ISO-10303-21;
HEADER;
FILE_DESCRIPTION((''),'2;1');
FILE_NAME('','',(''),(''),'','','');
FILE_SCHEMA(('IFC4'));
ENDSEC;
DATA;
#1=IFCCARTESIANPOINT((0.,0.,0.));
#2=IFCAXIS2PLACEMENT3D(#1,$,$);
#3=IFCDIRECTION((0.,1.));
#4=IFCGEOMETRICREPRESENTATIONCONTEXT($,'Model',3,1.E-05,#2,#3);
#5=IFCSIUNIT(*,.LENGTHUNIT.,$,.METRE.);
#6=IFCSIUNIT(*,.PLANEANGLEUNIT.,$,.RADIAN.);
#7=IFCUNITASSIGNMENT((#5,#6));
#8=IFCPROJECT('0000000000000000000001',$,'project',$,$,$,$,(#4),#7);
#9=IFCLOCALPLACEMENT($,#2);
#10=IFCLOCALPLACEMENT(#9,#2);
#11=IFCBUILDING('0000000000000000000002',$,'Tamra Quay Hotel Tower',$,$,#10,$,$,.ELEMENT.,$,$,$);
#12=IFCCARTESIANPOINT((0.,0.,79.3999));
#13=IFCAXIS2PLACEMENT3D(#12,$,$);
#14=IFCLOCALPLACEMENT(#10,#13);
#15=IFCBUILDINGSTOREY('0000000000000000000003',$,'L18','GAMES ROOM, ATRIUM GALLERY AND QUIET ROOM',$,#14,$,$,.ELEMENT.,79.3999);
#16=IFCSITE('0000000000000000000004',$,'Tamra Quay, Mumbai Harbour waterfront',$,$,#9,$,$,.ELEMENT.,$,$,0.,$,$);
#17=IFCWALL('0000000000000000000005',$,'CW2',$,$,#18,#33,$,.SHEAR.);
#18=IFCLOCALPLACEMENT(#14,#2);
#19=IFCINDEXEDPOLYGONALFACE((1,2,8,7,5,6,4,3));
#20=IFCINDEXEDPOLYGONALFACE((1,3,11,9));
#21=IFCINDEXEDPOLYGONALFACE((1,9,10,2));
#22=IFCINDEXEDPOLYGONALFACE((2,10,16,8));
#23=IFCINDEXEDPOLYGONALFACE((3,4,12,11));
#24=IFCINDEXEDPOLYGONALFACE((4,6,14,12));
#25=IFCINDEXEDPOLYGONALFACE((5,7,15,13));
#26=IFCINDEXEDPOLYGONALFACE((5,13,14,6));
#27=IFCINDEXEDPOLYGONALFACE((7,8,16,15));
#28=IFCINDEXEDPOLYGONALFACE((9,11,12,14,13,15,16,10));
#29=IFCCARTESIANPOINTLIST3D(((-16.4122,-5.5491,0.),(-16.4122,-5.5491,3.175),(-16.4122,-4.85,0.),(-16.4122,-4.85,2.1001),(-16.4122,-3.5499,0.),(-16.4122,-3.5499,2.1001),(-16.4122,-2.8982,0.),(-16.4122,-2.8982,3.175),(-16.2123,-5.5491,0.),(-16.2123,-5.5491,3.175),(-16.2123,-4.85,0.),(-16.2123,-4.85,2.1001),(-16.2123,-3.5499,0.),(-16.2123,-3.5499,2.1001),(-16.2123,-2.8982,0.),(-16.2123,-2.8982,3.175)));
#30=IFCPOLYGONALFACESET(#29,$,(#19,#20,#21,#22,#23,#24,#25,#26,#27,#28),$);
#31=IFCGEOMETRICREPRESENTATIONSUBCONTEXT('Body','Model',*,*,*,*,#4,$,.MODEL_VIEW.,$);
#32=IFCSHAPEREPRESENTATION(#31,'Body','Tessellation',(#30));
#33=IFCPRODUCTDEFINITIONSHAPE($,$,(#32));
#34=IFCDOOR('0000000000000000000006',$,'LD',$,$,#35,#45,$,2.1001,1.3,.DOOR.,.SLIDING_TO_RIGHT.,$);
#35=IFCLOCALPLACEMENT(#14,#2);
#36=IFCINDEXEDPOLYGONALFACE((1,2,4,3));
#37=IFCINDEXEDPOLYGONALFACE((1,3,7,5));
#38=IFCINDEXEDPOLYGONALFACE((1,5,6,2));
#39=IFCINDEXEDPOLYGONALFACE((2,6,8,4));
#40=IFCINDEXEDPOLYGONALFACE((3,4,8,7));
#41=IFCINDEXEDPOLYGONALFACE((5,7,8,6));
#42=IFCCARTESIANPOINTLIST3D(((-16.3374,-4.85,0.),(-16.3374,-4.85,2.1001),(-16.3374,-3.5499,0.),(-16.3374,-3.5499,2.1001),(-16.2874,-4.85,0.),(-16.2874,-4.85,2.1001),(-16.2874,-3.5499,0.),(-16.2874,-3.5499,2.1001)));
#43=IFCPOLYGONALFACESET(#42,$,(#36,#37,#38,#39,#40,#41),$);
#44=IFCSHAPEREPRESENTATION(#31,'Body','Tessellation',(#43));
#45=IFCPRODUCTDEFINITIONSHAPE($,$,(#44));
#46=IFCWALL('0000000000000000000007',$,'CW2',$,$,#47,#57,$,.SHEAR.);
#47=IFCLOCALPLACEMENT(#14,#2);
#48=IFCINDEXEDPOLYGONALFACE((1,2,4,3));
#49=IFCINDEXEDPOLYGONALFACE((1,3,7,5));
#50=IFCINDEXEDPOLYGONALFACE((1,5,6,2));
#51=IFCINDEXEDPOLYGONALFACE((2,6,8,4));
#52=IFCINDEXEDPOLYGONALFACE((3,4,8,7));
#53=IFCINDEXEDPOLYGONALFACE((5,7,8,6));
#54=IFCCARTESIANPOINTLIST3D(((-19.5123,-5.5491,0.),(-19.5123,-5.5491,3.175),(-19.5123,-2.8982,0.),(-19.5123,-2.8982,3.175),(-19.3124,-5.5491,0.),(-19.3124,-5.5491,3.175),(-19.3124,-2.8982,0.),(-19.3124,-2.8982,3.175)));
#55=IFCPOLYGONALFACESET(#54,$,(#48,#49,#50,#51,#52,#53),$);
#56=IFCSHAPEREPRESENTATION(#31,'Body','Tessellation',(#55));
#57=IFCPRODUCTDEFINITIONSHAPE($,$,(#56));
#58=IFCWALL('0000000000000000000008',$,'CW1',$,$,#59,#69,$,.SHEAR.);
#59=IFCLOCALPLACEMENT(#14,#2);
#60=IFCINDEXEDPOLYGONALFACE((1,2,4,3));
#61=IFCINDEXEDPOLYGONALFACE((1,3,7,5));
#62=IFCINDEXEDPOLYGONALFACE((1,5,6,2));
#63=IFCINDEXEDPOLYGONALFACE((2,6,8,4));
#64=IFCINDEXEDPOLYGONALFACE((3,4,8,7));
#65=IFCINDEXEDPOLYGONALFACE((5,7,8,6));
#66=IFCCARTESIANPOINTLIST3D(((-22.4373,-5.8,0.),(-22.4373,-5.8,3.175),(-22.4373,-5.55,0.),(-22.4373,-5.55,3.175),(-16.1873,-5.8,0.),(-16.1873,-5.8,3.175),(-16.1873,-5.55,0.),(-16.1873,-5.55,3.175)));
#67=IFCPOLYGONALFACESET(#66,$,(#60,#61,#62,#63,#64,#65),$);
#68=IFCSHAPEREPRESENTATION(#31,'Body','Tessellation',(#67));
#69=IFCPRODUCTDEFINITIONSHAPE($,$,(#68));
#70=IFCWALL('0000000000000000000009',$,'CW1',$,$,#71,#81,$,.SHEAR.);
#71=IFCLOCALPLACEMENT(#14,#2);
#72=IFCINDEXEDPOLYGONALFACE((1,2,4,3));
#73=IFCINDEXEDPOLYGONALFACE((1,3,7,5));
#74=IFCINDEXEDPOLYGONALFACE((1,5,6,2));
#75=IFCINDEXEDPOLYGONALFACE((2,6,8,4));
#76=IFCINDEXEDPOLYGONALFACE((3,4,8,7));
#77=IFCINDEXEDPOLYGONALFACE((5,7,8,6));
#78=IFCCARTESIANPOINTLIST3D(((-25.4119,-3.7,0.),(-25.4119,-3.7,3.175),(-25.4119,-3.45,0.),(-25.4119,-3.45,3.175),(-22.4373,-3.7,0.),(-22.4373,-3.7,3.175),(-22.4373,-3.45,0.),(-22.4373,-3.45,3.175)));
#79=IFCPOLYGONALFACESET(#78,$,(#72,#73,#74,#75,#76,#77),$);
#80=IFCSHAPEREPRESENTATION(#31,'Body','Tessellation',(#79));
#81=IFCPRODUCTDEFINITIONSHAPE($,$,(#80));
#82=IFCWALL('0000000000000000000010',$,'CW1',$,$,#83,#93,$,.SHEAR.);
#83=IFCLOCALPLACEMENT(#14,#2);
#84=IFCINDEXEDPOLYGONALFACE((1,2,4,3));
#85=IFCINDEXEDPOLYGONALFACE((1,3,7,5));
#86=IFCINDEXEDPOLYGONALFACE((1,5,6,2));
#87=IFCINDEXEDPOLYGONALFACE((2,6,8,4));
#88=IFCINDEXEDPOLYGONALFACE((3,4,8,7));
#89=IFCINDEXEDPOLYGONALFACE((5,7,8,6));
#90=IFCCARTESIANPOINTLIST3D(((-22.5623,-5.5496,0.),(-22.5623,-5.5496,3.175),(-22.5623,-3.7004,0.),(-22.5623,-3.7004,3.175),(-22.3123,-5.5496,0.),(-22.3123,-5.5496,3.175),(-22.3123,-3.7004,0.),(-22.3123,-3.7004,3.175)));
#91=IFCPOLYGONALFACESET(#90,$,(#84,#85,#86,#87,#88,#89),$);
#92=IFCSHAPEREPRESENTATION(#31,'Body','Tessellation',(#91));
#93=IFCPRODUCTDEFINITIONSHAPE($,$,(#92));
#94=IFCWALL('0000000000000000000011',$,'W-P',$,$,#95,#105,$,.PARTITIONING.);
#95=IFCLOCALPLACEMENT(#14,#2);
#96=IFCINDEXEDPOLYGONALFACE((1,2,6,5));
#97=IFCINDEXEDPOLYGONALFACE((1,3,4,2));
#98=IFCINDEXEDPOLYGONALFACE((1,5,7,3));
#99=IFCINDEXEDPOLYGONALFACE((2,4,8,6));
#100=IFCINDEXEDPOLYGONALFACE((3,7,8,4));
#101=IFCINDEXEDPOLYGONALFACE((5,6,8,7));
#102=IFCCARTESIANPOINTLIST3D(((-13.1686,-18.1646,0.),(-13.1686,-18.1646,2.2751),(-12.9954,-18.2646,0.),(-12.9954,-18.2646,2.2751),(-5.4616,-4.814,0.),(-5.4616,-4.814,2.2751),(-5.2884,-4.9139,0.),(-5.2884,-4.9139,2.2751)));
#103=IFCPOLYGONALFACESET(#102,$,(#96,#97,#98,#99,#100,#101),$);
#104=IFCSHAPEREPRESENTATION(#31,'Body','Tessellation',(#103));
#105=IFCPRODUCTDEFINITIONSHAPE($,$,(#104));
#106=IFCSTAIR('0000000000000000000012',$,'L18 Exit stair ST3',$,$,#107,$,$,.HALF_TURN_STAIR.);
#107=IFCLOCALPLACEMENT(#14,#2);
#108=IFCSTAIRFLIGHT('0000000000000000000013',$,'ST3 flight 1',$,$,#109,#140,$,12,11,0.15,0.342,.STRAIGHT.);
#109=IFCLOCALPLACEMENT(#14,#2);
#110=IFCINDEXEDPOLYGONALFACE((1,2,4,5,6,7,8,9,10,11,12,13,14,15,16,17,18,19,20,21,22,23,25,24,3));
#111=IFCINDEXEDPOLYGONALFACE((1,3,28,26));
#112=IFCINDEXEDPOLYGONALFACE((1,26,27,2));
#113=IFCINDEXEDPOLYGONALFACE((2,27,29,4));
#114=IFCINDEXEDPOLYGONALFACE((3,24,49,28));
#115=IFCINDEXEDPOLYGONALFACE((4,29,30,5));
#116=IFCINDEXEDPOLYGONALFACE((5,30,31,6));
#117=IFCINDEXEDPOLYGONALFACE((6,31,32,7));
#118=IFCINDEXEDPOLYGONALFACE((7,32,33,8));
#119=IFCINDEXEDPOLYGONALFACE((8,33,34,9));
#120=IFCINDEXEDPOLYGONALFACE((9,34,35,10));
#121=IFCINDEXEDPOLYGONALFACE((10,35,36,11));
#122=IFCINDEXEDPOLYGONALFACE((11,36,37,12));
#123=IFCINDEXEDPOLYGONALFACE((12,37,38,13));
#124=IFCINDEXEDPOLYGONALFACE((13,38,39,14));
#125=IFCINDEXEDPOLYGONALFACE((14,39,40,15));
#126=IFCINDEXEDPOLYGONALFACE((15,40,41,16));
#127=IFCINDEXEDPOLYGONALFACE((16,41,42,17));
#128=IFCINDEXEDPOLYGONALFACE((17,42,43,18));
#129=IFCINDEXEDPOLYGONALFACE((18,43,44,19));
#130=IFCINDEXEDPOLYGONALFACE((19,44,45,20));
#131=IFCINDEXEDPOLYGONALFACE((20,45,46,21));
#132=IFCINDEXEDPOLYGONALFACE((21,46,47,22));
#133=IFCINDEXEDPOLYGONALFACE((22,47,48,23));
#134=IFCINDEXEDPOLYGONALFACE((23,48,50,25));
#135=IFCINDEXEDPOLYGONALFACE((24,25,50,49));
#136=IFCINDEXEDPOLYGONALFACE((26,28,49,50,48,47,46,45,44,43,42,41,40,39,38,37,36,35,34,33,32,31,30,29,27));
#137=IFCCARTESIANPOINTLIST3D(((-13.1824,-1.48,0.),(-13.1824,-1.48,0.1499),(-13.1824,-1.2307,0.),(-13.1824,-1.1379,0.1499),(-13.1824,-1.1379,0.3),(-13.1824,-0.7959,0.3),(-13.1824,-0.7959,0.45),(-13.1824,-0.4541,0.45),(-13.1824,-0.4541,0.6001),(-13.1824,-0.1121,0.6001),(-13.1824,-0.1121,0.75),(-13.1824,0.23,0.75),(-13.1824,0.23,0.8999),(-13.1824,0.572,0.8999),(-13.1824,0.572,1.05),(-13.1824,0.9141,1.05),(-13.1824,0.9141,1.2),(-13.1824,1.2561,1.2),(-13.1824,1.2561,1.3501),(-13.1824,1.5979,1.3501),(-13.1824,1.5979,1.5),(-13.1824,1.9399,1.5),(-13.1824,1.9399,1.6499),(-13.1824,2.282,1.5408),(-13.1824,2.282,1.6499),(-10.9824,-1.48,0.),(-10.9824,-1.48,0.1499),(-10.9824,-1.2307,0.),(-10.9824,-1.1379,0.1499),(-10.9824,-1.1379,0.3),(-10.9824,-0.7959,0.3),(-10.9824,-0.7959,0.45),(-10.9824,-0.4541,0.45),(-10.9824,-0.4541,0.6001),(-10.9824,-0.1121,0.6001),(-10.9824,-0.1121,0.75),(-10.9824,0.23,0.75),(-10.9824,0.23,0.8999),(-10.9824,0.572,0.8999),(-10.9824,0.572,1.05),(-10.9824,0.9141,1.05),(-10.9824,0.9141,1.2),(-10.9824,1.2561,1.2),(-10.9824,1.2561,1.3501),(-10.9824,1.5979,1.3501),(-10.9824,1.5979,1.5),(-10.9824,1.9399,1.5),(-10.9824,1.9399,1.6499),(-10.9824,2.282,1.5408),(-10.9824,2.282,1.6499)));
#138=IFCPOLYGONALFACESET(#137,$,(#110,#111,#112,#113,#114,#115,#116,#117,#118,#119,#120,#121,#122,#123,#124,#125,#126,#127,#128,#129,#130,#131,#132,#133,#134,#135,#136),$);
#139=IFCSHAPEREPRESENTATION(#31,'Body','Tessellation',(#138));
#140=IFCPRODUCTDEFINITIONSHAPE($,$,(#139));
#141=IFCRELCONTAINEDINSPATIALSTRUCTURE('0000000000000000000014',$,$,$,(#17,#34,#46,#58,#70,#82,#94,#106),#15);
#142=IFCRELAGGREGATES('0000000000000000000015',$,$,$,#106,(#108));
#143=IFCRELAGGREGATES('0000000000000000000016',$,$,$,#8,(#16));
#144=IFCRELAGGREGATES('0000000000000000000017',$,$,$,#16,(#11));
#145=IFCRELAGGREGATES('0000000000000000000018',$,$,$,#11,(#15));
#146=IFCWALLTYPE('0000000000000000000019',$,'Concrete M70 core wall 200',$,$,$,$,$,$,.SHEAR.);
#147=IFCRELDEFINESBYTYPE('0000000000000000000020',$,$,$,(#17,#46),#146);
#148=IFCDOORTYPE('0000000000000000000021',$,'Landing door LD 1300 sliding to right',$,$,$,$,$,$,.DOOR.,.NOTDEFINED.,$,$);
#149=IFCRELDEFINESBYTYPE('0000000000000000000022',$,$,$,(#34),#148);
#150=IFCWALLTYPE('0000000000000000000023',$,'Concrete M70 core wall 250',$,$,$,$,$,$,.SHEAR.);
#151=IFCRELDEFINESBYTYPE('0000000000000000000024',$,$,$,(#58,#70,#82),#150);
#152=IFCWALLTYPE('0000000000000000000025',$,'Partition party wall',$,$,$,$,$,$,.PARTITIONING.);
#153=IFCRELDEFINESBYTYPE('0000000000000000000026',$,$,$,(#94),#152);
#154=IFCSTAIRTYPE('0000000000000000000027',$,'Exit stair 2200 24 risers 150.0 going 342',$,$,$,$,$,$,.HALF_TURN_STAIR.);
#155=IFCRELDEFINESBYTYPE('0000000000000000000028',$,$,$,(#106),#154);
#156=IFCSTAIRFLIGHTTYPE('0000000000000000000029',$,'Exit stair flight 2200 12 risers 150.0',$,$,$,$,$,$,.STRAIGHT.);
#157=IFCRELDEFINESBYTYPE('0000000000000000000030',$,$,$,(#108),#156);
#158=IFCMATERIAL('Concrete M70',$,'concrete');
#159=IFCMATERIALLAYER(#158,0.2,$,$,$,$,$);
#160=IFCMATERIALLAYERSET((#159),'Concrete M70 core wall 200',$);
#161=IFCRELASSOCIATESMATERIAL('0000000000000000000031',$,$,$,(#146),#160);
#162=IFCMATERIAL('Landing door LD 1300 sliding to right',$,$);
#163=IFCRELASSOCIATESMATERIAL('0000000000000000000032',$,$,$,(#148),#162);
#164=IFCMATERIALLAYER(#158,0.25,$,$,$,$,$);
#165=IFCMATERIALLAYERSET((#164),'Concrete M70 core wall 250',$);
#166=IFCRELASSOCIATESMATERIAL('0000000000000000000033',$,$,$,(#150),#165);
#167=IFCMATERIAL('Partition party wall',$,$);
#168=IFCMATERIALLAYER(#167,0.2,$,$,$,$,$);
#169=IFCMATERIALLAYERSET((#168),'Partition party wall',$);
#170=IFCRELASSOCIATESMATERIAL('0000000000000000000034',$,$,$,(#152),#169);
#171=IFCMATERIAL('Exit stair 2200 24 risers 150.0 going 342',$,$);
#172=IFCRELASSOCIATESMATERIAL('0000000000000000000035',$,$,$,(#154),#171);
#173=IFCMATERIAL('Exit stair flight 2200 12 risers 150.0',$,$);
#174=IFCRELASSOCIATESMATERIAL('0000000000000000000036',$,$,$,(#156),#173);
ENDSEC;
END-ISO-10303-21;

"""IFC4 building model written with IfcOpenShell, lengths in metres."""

from ifc_helpers import new_model, si_unit, direction, frame, frame_2d, origin, place, context, subcontext, project, spatial, polyline, rectangle, outline, extrude, material, layer, layer_set, type_object, element, fill, aggregate, save


model = new_model("IFC4")

# Units and contexts
model_context = context("Model", 3, precision=1e-05, world=origin(), true_north=direction((0.0, 1.0)))
body_context = subcontext(model_context, "Body", "Model", "MODEL_VIEW")
ifc_project = project(units=[si_unit("LENGTHUNIT", "METRE"), si_unit("PLANEANGLEUNIT", "RADIAN")], contexts=[model_context])

# Site, building, storey
site_placement = place(None, origin())
site = spatial("IfcSite", under=ifc_project, at=site_placement, Name="Tamra Quay, Mumbai Harbour waterfront", CompositionType="ELEMENT", RefElevation=0.0)
building_placement = place(site_placement, origin())
building = spatial("IfcBuilding", under=site, at=building_placement, Name="Tamra Quay Hotel Tower", CompositionType="ELEMENT")
storey_placement = place(building_placement, frame((0.0, 0.0, 79.3999)))
storey = spatial("IfcBuildingStorey", under=building, at=storey_placement, Name="L18", Description="GAMES ROOM, ATRIUM GALLERY AND QUIET ROOM", CompositionType="ELEMENT", Elevation=79.3999)

# Shared definitions
ifc_material_1 = material(Name="Concrete M70", Category="concrete")

# Shared definitions
ifc_layer_1 = layer(ifc_material_1, 0.2)
ifc_layer_set_1 = layer_set([ifc_layer_1], Name="Concrete M70 core wall 200")
wall_type_1 = type_object("IfcWallType", Name="Concrete M70 core wall 200", PredefinedType="SHEAR", material=ifc_layer_set_1)

# Wall, opening, door
wall_1_placement = place(storey_placement, frame((-16.3123, -2.8982, 0.0), z_axis=(0.0, 0.0, 1.0), x_axis=(0.0, -1.0, 0.0)))
wall_1 = element("IfcWall", 1, at=wall_1_placement, inside=storey, type_object=wall_type_1, Name="CW2", PredefinedType="SHEAR", context=body_context, shape_type="SweptSolid", body=[
    extrude(rectangle(XDim=2.6509, YDim=0.2, at=frame_2d((1.3254, 0.0))), origin(), (0.0, 0.0, 1.0), 3.175),
])
opening_placement = place(wall_1_placement, frame((0.6519, 0.0, 0.0)))
opening = element("IfcOpeningElement", 2, at=opening_placement, cuts=wall_1, PredefinedType="OPENING", context=body_context, shape_type="SweptSolid", body=[
    extrude(rectangle(XDim=1.3, YDim=2.1001, at=frame_2d((0.6499, 1.05))), frame((0.0, 0.1099, 0.0), z_axis=(0.0, -1.0, 0.0), x_axis=(1.0, 0.0, 0.0)), (0.0, 0.0, 1.0), 0.22),
])
ifc_material_2 = material(Name="Landing door LD 1300 sliding to right")
door_type = type_object("IfcDoorType", Name="Landing door LD 1300 sliding to right", OperationType="NOTDEFINED", PredefinedType="DOOR", material=ifc_material_2)
door_placement = place(opening_placement, origin())
door = element("IfcDoor", 3, at=door_placement, inside=storey, type_object=door_type, Name="LD", OperationType="SLIDING_TO_RIGHT", OverallHeight=2.1001, OverallWidth=1.3, PredefinedType="DOOR", context=body_context, shape_type="SweptSolid", body=[
    extrude(rectangle(XDim=1.3, YDim=2.1001, at=frame_2d((0.6499, 1.05))), frame((0.0, 0.0249, 0.0), z_axis=(0.0, -1.0, 0.0), x_axis=(1.0, 0.0, 0.0)), (0.0, 0.0, 1.0), 0.05),
])
fill(opening, door)

# Walls
wall_2_placement = place(storey_placement, frame((-19.4124, -5.5491, 0.0), z_axis=(0.0, 0.0, 1.0), x_axis=(0.0, 1.0, 0.0)))
element("IfcWall", 4, at=wall_2_placement, inside=storey, type_object=wall_type_1, Name="CW2", PredefinedType="SHEAR", context=body_context, shape_type="SweptSolid", body=[
    extrude(rectangle(XDim=2.6509, YDim=0.2, at=frame_2d((1.3254, 0.0))), origin(), (0.0, 0.0, 1.0), 3.175),
])
ifc_layer_2 = layer(ifc_material_1, 0.25)
ifc_layer_set_2 = layer_set([ifc_layer_2], Name="Concrete M70 core wall 250")
wall_type_2 = type_object("IfcWallType", Name="Concrete M70 core wall 250", PredefinedType="SHEAR", material=ifc_layer_set_2)
wall_3_placement = place(storey_placement, frame((-16.1873, -5.675, 0.0), z_axis=(0.0, 0.0, 1.0), x_axis=(-1.0, 0.0, 0.0)))
element("IfcWall", 5, at=wall_3_placement, inside=storey, type_object=wall_type_2, Name="CW1", PredefinedType="SHEAR", context=body_context, shape_type="SweptSolid", body=[
    extrude(rectangle(XDim=6.25, YDim=0.25, at=frame_2d((3.125, 0.0))), origin(), (0.0, 0.0, 1.0), 3.175),
])
wall_4_placement = place(storey_placement, frame((-22.4373, -3.575, 0.0), z_axis=(0.0, 0.0, 1.0), x_axis=(-1.0, 0.0, 0.0)))
element("IfcWall", 6, at=wall_4_placement, inside=storey, type_object=wall_type_2, Name="CW1", PredefinedType="SHEAR", context=body_context, shape_type="SweptSolid", body=[
    extrude(rectangle(XDim=2.9746, YDim=0.25, at=frame_2d((1.4873, 0.0))), origin(), (0.0, 0.0, 1.0), 3.175),
])
wall_5_placement = place(storey_placement, frame((-22.4373, -5.5496, 0.0), z_axis=(0.0, 0.0, 1.0), x_axis=(0.0, 1.0, 0.0)))
element("IfcWall", 7, at=wall_5_placement, inside=storey, type_object=wall_type_2, Name="CW1", PredefinedType="SHEAR", context=body_context, shape_type="SweptSolid", body=[
    extrude(rectangle(XDim=1.8491, YDim=0.25, at=frame_2d((0.9246, 0.0))), origin(), (0.0, 0.0, 1.0), 3.175),
])
ifc_material_3 = material(Name="Partition party wall")
ifc_layer_3 = layer(ifc_material_3, 0.2)
ifc_layer_set_3 = layer_set([ifc_layer_3], Name="Partition party wall")
wall_type_3 = type_object("IfcWallType", Name="Partition party wall", PredefinedType="PARTITIONING", material=ifc_layer_set_3)
wall_6_placement = place(storey_placement, frame((-13.082, -18.2146, 0.0), z_axis=(0.0, 0.0, 1.0), x_axis=(0.499955, 0.866052, 0.0)))
element("IfcWall", 8, at=wall_6_placement, inside=storey, type_object=wall_type_3, Name="W-P", PredefinedType="PARTITIONING", context=body_context, shape_type="SweptSolid", body=[
    extrude(rectangle(XDim=15.4155, YDim=0.2, at=frame_2d((7.7078, 0.0))), origin(), (0.0, 0.0, 1.0), 2.2751),
])

# Stair, stair flight
ifc_material_4 = material(Name="Exit stair 2200 24 risers 150.0 going 342")
stair_type = type_object("IfcStairType", Name="Exit stair 2200 24 risers 150.0 going 342", PredefinedType="HALF_TURN_STAIR", material=ifc_material_4)
stair_placement = place(storey_placement, origin())
stair = element("IfcStair", 9, at=stair_placement, inside=storey, type_object=stair_type, Name="L18 Exit stair ST3", PredefinedType="HALF_TURN_STAIR")
ifc_material_5 = material(Name="Exit stair flight 2200 12 risers 150.0")
stair_flight_type = type_object("IfcStairFlightType", Name="Exit stair flight 2200 12 risers 150.0", PredefinedType="STRAIGHT", material=ifc_material_5)
stair_flight_placement = place(storey_placement, frame((-12.0823, -1.48, 0.0), z_axis=(0.0, 0.0, 1.0), x_axis=(0.0, 1.0, 0.0)))
stair_flight = element("IfcStairFlight", 10, at=stair_flight_placement, type_object=stair_flight_type, Name="ST3 flight 1", NumberOfRisers=12, NumberOfTreads=11, PredefinedType="STRAIGHT", RiserHeight=0.15, TreadLength=0.342, context=body_context, shape_type="SweptSolid", body=[
    extrude(outline(polyline([(0.0, 0.0), (0.0, 0.1499), (0.342, 0.1499), (0.342, 0.3), (0.6841, 0.3), (0.6841, 0.45), (1.0259, 0.45), (1.0259, 0.6001), (1.3679, 0.6001), (1.3679, 0.75), (1.71, 0.75), (1.71, 0.8999), (2.052, 0.8999), (2.052, 1.05), (2.394, 1.05), (2.394, 1.2), (2.7361, 1.2), (2.7361, 1.3501), (3.0779, 1.3501), (3.0779, 1.5), (3.4199, 1.5), (3.4199, 1.6499), (3.762, 1.6499), (3.762, 1.8), (3.762, 1.5408), (0.2493, 0.0), (0.0, 0.0)])), frame((0.0, 1.1001, 0.0), z_axis=(0.0, -1.0, 0.0), x_axis=(1.0, 0.0, 0.0)), (0.0, 0.0, 1.0), 2.2),
])
aggregate(stair, [stair_flight])

save(model, "model.ifc")
